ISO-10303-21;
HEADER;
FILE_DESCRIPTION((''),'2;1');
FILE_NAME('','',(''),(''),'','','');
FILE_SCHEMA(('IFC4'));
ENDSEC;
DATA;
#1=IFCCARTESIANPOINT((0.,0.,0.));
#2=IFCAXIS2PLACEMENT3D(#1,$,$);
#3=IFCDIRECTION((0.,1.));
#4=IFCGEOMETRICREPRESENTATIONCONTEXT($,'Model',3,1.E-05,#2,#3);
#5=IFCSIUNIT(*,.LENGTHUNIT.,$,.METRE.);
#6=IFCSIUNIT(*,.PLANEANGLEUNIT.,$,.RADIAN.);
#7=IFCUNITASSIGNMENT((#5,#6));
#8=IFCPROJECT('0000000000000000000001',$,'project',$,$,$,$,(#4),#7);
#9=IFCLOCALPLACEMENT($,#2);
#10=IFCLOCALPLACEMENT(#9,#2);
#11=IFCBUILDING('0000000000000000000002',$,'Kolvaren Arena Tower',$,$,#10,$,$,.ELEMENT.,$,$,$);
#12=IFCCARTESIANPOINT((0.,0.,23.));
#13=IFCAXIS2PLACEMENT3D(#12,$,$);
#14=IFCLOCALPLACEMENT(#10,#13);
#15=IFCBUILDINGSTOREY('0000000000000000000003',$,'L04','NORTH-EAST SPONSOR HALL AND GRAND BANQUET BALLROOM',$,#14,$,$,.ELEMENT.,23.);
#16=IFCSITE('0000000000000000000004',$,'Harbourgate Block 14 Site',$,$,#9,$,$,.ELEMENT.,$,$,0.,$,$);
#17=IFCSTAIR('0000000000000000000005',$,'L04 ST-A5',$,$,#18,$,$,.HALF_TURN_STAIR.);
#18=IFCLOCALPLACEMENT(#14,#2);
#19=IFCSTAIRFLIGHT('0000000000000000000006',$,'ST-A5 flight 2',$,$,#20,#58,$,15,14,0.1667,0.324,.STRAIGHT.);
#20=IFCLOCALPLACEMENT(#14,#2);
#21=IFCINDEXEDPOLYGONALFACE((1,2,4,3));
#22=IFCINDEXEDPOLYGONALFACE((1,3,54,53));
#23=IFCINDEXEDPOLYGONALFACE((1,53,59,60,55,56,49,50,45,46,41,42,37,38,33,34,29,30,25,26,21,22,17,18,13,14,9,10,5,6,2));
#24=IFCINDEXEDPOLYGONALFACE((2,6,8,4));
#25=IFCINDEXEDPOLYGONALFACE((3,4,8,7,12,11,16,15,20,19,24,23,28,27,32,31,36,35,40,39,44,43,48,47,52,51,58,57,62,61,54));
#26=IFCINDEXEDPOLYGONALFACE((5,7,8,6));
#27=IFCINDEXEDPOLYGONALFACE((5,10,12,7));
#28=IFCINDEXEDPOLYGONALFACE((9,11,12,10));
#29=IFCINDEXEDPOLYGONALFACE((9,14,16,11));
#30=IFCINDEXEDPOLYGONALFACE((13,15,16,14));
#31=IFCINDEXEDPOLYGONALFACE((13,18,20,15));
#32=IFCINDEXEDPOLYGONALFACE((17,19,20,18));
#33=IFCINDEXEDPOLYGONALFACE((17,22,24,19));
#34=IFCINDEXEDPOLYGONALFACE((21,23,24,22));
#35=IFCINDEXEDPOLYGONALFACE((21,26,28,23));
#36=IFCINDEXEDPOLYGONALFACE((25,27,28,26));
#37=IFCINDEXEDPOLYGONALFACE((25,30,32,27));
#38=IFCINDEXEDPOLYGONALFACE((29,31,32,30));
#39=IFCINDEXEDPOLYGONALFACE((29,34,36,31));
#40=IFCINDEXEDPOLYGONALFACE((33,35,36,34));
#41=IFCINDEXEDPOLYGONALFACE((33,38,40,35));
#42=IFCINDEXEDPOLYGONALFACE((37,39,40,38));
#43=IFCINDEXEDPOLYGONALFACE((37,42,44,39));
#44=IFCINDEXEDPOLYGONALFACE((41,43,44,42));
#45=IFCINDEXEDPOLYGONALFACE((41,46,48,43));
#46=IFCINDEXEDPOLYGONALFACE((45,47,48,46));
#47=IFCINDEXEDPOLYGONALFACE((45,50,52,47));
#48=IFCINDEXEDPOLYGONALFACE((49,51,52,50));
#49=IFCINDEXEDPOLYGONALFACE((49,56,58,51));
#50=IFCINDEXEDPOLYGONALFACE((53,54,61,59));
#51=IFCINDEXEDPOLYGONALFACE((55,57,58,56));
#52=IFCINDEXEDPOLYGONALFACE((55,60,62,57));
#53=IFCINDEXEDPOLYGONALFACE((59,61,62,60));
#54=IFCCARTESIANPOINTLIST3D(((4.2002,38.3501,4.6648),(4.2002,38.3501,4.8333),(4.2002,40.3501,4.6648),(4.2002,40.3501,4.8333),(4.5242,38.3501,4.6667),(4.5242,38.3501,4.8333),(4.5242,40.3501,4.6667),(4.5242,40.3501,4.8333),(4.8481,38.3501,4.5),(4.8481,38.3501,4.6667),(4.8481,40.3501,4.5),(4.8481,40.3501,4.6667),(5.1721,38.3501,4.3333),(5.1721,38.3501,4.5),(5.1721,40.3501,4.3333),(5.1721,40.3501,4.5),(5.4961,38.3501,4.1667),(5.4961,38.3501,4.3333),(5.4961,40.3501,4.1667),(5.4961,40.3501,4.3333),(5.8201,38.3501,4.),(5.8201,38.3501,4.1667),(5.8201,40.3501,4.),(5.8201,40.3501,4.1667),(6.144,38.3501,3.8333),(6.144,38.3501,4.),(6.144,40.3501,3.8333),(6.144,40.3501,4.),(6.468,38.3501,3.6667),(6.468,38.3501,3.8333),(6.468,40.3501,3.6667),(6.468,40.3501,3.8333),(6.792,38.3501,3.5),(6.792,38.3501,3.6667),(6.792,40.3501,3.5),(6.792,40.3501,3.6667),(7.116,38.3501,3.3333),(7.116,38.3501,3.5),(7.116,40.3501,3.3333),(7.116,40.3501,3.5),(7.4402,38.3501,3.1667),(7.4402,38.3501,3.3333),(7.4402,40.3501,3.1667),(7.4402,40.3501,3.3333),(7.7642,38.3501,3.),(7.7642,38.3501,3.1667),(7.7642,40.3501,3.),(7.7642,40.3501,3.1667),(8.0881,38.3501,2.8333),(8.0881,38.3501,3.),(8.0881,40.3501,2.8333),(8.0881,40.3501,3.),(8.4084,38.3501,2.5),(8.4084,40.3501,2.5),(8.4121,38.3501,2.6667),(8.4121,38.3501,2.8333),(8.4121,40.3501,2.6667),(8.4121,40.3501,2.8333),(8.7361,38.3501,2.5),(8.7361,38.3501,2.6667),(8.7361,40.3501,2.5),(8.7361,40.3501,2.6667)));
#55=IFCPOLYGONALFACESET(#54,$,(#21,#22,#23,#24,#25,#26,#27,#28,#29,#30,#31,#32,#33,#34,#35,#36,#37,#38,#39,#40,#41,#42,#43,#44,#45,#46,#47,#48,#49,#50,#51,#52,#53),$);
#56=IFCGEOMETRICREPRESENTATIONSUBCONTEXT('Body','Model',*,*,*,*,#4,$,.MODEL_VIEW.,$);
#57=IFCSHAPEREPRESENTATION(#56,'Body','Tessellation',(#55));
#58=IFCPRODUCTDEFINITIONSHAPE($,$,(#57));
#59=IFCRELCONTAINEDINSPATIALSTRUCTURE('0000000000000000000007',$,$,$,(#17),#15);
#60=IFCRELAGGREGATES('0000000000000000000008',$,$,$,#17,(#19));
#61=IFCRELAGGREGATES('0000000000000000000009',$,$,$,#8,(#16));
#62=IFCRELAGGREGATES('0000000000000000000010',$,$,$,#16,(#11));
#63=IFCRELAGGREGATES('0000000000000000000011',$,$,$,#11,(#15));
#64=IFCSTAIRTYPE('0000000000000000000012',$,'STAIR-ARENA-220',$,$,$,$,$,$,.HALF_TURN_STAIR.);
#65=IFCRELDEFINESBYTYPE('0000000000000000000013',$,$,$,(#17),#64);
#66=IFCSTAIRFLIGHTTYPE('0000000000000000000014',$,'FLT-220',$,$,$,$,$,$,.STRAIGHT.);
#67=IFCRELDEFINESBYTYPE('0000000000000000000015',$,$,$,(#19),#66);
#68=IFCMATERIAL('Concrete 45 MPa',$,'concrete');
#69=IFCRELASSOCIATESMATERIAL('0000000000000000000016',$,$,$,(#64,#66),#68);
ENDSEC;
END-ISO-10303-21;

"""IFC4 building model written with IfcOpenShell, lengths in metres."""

from ifc_helpers import new_model, si_unit, direction, frame, origin, place, context, subcontext, project, spatial, polyline, outline, extrude, material, type_object, element, aggregate, save


model = new_model("IFC4")

# Units and contexts
model_context = context("Model", 3, precision=1e-05, world=origin(), true_north=direction((0.0, 1.0)))
body_context = subcontext(model_context, "Body", "Model", "MODEL_VIEW")
ifc_project = project(units=[si_unit("LENGTHUNIT", "METRE"), si_unit("PLANEANGLEUNIT", "RADIAN")], contexts=[model_context])

# Site, building, storey
site_placement = place(None, origin())
site = spatial("IfcSite", under=ifc_project, at=site_placement, Name="Harbourgate Block 14 Site", CompositionType="ELEMENT", RefElevation=0.0)
building_placement = place(site_placement, origin())
building = spatial("IfcBuilding", under=site, at=building_placement, Name="Kolvaren Arena Tower", CompositionType="ELEMENT")
storey_placement = place(building_placement, frame((0.0, 0.0, 23.0)))
storey = spatial("IfcBuildingStorey", under=building, at=storey_placement, Name="L04", Description="NORTH-EAST SPONSOR HALL AND GRAND BANQUET BALLROOM", CompositionType="ELEMENT", Elevation=23.0)

# Shared definitions
ifc_material_1 = material(Name="Concrete 45 MPa", Category="concrete")

# Stair, stair flight
stair_type = type_object("IfcStairType", Name="STAIR-ARENA-220", PredefinedType="HALF_TURN_STAIR", material=ifc_material_1)
stair_placement = place(storey_placement, origin())
stair = element("IfcStair", 1, at=stair_placement, inside=storey, type_object=stair_type, Name="L04 ST-A5", PredefinedType="HALF_TURN_STAIR")
stair_flight_type = type_object("IfcStairFlightType", Name="FLT-220", PredefinedType="STRAIGHT", material=ifc_material_1)
stair_flight_1_placement = place(storey_placement, frame((8.7361, 39.3501, 2.5), z_axis=(0.0, 0.0, 1.0), x_axis=(-1.0, 0.0, 0.0)))
stair_flight_1 = element("IfcStairFlight", 2, at=stair_flight_1_placement, type_object=stair_flight_type, Name="ST-A5 flight 2", NumberOfRisers=15, NumberOfTreads=14, PredefinedType="STRAIGHT", RiserHeight=0.1667, TreadLength=0.324, context=body_context, shape_type="SweptSolid", body=[
    extrude(outline(polyline([(0.0, 0.0), (0.0, 0.1667), (0.324, 0.1667), (0.324, 0.3333), (0.6479, 0.3333), (0.6479, 0.5), (0.9719, 0.5), (0.9719, 0.6667), (1.2959, 0.6667), (1.2959, 0.8333), (1.6201, 0.8333), (1.6201, 1.0), (1.9441, 1.0), (1.9441, 1.1667), (2.2681, 1.1667), (2.2681, 1.3333), (2.592, 1.3333), (2.592, 1.5), (2.916, 1.5), (2.916, 1.6667), (3.24, 1.6667), (3.24, 1.8333), (3.564, 1.8333), (3.564, 2.0), (3.8879, 2.0), (3.8879, 2.1667), (4.2119, 2.1667), (4.2119, 2.3333), (4.5359, 2.3333), (4.5359, 2.5), (4.5359, 2.1648), (0.3276, 0.0), (0.0, 0.0)])), frame((0.0, 1.0, 0.0), z_axis=(0.0, -1.0, 0.0), x_axis=(1.0, 0.0, 0.0)), (0.0, 0.0, 1.0), 2.0),
])
aggregate(stair, [stair_flight_1])

save(model, "model.ifc")
